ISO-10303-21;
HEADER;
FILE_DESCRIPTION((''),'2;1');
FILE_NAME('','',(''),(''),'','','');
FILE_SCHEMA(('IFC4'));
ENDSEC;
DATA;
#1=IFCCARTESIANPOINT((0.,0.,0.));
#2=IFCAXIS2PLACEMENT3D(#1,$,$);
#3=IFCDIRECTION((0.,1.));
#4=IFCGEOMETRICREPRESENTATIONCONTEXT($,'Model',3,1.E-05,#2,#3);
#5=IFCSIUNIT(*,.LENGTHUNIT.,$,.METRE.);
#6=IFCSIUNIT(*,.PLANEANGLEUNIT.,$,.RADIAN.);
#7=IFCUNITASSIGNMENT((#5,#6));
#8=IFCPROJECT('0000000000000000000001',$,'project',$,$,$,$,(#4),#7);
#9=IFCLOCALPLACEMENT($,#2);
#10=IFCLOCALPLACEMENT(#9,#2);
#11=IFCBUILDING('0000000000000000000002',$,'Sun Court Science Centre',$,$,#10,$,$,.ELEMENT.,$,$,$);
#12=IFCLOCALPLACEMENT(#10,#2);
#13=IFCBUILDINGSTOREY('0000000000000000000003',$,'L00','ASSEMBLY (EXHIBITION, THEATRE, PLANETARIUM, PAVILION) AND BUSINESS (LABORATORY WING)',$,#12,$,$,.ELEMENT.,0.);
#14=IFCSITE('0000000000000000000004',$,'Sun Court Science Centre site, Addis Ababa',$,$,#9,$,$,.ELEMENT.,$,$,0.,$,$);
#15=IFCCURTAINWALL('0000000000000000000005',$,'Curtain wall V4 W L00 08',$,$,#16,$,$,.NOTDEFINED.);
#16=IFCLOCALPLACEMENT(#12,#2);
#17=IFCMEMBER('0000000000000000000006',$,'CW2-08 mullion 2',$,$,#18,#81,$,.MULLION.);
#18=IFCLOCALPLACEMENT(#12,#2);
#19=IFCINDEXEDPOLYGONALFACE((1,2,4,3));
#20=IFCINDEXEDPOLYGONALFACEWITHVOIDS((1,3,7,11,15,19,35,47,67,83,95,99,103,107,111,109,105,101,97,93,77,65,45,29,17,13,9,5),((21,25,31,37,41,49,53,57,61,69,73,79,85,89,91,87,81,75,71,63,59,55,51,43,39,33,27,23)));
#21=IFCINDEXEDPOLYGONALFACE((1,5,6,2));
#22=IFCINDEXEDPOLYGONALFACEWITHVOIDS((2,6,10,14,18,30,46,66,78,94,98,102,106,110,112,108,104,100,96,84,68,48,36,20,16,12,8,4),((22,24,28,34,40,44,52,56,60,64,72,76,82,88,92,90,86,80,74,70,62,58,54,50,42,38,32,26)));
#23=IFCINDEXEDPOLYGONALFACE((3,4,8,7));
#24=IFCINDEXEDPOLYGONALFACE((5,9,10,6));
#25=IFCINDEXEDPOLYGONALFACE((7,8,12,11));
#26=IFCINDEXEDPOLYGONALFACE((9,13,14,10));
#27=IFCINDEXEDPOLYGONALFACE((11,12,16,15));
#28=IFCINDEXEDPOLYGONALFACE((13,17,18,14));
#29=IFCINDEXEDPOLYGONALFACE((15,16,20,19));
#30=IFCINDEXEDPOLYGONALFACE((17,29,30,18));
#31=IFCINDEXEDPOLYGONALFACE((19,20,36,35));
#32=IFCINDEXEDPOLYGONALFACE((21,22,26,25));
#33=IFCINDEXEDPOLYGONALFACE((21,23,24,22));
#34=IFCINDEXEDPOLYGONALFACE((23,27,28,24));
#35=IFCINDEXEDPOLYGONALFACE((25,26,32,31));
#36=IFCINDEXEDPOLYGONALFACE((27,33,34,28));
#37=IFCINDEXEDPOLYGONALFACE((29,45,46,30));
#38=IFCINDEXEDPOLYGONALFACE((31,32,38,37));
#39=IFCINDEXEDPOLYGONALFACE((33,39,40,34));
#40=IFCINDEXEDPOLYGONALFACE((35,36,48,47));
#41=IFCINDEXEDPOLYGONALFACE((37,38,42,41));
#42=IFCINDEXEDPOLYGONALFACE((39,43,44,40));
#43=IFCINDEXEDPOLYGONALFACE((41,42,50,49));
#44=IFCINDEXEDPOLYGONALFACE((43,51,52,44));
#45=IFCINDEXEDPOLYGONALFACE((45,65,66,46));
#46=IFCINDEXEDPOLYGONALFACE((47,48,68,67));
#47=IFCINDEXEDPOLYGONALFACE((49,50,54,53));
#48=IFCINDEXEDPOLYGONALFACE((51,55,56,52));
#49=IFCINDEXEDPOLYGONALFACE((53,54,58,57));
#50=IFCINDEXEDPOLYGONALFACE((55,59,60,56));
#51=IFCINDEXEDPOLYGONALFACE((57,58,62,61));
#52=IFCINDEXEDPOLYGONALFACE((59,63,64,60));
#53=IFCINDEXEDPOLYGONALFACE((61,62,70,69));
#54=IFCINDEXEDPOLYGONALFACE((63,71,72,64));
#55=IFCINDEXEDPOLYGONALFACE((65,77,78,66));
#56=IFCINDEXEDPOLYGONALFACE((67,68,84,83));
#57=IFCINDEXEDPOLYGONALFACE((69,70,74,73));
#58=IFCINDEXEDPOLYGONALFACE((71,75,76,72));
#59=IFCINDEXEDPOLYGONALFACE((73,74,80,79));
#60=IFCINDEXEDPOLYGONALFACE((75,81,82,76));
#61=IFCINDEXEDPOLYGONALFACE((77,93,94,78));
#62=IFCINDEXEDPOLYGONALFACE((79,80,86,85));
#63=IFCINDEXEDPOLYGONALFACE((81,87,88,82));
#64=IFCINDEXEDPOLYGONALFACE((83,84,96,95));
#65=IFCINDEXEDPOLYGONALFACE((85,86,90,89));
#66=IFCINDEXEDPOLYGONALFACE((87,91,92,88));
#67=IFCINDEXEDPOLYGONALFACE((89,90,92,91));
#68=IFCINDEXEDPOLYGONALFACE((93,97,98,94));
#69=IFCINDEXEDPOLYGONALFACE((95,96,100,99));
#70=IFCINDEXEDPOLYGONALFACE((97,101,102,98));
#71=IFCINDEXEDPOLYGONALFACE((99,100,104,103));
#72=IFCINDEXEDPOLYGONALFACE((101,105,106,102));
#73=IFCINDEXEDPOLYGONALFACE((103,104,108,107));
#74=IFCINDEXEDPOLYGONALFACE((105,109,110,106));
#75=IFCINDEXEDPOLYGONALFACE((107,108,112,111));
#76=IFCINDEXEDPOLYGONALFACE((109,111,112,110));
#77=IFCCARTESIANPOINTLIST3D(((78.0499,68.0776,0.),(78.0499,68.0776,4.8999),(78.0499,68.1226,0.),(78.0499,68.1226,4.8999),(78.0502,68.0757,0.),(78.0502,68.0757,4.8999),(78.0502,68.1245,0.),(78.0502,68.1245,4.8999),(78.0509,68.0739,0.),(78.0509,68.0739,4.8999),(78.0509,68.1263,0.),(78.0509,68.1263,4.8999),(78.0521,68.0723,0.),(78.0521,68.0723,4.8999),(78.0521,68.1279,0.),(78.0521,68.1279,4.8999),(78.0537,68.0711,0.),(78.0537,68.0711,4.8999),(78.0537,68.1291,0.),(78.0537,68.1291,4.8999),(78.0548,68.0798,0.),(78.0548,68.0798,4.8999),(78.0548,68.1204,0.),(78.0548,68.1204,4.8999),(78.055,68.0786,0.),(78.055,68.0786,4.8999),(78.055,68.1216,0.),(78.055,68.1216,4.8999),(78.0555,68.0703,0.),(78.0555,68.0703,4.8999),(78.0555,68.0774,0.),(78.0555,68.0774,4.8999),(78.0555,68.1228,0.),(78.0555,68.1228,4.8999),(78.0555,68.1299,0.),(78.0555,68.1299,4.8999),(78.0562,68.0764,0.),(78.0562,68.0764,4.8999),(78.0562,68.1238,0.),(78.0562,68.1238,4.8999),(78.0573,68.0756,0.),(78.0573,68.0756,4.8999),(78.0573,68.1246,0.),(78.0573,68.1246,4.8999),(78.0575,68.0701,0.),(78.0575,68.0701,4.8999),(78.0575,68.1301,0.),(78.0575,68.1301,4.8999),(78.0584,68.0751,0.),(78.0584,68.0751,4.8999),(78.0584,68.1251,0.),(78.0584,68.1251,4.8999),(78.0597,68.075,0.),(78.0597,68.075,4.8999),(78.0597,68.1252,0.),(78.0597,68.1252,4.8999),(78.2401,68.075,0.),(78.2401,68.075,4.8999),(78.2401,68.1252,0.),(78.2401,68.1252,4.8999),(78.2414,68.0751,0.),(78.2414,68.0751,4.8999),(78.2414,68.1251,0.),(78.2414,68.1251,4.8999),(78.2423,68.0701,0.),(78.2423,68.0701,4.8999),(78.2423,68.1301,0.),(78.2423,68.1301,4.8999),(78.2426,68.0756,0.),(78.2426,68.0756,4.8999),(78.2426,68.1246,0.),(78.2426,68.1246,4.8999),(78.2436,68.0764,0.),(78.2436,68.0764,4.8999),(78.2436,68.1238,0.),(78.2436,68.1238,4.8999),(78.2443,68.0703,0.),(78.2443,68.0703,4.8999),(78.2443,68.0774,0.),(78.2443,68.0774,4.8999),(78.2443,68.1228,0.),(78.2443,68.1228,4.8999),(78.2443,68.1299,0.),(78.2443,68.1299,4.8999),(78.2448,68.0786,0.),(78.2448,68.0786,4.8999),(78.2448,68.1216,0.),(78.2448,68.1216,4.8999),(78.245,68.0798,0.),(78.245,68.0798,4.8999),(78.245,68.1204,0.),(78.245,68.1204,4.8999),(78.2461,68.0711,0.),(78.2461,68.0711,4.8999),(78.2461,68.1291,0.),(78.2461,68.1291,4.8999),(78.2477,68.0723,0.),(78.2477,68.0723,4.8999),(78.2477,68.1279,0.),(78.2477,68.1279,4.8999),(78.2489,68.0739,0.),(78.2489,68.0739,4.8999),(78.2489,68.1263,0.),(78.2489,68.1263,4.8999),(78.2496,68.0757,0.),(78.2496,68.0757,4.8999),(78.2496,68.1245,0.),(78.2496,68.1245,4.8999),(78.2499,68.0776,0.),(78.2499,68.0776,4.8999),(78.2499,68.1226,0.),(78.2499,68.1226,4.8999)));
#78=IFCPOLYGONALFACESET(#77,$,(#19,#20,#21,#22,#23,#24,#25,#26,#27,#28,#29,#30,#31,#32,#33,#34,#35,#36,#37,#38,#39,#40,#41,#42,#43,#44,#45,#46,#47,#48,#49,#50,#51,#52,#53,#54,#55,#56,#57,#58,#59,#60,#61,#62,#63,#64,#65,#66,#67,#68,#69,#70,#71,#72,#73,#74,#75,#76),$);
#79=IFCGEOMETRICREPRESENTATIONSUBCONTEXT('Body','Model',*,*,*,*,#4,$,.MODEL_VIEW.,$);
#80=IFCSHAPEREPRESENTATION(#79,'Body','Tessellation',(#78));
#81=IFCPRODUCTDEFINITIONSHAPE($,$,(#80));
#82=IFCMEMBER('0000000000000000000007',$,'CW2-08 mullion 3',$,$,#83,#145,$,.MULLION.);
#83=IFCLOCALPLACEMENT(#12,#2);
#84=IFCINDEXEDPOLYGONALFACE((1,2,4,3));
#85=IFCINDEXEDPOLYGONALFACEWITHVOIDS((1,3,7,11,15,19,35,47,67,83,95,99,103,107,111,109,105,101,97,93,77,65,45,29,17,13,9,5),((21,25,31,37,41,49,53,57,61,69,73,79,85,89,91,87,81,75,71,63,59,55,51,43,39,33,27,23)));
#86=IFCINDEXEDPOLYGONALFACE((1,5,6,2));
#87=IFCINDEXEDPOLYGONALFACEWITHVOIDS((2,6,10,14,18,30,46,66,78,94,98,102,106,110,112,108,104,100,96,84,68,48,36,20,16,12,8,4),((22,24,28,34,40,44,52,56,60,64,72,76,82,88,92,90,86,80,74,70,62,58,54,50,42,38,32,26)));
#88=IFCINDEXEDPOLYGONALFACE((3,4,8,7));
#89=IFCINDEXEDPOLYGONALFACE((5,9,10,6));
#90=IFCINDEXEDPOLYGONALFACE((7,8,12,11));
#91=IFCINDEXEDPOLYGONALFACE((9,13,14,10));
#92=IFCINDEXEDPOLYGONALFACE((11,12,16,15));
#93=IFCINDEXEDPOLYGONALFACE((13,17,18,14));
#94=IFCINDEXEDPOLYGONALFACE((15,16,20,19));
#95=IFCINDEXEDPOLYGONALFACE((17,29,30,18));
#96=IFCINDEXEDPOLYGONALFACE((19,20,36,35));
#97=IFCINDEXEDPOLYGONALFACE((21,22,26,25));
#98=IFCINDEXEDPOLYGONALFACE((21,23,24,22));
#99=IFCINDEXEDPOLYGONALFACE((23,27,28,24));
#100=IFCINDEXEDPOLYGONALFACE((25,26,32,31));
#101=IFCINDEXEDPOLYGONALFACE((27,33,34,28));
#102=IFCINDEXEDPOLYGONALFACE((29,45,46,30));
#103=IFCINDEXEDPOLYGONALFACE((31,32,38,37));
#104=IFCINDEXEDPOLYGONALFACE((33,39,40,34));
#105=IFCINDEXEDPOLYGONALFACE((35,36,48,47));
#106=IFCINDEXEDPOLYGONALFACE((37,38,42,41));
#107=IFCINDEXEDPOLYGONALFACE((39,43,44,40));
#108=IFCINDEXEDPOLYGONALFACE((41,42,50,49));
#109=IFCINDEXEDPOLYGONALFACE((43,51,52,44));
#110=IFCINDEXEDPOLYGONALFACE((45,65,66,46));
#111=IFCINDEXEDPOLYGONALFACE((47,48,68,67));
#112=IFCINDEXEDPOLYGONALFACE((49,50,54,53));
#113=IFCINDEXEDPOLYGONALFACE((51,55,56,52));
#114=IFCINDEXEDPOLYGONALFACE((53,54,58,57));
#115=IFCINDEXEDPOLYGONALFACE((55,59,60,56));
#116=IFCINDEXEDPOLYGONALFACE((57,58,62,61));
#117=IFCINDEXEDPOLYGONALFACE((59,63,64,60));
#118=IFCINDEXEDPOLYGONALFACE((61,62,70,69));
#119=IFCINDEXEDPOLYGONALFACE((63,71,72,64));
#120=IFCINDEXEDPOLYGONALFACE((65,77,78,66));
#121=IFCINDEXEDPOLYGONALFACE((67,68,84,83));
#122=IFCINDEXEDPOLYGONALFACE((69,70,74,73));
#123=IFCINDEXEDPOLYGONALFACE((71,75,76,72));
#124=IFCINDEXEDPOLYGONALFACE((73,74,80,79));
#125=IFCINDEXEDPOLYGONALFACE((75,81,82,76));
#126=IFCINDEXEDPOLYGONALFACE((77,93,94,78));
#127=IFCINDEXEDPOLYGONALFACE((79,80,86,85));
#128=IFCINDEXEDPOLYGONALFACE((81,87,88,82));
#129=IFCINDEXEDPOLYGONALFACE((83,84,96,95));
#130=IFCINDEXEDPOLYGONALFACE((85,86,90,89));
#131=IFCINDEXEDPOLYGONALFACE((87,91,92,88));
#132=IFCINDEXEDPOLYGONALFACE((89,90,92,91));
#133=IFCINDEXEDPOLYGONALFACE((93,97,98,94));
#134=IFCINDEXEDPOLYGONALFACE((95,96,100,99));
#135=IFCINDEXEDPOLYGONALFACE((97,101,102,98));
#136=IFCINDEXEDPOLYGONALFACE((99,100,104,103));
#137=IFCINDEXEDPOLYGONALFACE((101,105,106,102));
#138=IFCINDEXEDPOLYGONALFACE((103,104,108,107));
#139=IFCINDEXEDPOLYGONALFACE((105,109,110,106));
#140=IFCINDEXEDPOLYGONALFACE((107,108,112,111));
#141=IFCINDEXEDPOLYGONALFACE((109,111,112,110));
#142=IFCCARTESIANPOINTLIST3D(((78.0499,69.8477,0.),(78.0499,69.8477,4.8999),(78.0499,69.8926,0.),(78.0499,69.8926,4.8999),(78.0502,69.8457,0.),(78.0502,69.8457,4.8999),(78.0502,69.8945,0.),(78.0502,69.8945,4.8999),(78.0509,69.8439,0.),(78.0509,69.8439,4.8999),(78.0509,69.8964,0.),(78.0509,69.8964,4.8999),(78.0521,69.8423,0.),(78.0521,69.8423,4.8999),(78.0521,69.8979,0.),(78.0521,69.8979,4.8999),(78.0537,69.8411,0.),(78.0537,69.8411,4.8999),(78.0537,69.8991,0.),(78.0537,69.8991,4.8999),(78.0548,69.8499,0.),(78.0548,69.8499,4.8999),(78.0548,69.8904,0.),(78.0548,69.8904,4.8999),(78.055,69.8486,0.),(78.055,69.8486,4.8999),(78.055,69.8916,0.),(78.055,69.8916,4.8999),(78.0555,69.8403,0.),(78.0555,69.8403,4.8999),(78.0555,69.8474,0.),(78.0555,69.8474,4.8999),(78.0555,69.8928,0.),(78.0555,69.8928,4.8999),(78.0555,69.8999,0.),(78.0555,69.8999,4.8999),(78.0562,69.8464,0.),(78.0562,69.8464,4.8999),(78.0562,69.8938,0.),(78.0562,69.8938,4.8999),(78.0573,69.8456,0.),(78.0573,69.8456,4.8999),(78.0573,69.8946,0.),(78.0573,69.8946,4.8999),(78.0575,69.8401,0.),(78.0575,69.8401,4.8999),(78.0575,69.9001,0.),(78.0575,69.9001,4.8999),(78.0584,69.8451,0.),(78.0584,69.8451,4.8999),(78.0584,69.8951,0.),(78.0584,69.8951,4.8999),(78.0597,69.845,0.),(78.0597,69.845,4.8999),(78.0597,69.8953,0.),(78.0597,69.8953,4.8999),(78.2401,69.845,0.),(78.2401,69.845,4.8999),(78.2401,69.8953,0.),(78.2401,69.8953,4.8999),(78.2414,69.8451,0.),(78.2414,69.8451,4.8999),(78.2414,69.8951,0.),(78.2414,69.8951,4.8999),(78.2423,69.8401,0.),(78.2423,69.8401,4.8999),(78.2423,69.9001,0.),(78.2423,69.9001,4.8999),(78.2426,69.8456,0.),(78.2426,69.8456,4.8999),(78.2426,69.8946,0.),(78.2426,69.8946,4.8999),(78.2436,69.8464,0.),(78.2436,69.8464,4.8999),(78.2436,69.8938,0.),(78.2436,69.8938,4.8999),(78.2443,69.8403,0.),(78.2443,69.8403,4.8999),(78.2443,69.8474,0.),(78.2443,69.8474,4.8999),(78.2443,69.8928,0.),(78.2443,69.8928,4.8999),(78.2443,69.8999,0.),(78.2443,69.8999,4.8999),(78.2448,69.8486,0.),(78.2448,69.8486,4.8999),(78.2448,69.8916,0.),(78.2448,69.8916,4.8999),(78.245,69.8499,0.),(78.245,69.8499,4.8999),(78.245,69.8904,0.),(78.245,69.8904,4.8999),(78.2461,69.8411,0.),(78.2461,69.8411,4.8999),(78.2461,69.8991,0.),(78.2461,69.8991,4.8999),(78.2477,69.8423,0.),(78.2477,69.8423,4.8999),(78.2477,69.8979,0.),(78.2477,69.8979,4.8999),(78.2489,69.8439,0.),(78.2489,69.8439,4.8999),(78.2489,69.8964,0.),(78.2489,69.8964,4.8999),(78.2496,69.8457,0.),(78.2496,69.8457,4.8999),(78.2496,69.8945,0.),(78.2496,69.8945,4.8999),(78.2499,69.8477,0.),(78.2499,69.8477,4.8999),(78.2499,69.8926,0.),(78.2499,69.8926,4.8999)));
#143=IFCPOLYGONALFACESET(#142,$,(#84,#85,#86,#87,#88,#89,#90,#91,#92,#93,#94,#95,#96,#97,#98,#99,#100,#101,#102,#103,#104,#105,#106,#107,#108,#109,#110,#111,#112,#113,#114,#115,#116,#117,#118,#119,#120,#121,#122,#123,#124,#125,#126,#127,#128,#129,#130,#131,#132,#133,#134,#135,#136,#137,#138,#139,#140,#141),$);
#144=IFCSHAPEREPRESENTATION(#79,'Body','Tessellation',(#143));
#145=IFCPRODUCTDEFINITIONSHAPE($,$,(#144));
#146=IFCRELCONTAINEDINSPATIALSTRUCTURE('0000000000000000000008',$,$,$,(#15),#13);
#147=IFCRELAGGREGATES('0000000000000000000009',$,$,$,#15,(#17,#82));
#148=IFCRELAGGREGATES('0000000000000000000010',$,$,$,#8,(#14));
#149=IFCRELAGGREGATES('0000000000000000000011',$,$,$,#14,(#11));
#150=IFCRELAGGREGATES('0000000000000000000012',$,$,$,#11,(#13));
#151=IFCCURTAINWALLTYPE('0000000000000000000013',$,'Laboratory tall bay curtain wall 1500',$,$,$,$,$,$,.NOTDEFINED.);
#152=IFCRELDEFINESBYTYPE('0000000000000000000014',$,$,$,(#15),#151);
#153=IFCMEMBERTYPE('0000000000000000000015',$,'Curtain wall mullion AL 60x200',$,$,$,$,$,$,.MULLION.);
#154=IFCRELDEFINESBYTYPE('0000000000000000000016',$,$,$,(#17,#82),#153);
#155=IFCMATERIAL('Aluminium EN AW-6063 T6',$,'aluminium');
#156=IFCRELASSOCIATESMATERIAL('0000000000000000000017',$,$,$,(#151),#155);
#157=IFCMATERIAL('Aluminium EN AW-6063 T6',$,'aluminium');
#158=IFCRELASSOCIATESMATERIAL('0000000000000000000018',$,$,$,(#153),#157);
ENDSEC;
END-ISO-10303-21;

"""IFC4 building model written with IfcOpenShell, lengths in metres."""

from ifc_helpers import new_model, si_unit, direction, frame, origin, origin_2d, place, context, subcontext, project, spatial, hollow_rectangle, extrude, material, material_profile, profile_set, type_object, element, aggregate, save


model = new_model("IFC4")

# Units and contexts
model_context = context("Model", 3, precision=1e-05, world=origin(), true_north=direction((0.0, 1.0)))
body_context = subcontext(model_context, "Body", "Model", "MODEL_VIEW")
ifc_project = project(units=[si_unit("LENGTHUNIT", "METRE"), si_unit("PLANEANGLEUNIT", "RADIAN")], contexts=[model_context])

# Site, building, storey
site_placement = place(None, origin())
site = spatial("IfcSite", under=ifc_project, at=site_placement, Name="Sun Court Science Centre site, Addis Ababa", CompositionType="ELEMENT", RefElevation=0.0)
building_placement = place(site_placement, origin())
building = spatial("IfcBuilding", under=site, at=building_placement, Name="Sun Court Science Centre", CompositionType="ELEMENT")
storey_placement = place(building_placement, origin())
storey = spatial("IfcBuildingStorey", under=building, at=storey_placement, Name="L00", Description="ASSEMBLY (EXHIBITION, THEATRE, PLANETARIUM, PAVILION) AND BUSINESS (LABORATORY WING)", CompositionType="ELEMENT", Elevation=0.0)

# Curtain wall, members
ifc_material_1 = material(Name="Aluminium EN AW-6063 T6", Category="aluminium")
curtain_wall_type = type_object("IfcCurtainWallType", Name="Laboratory tall bay curtain wall 1500", PredefinedType="NOTDEFINED", material=ifc_material_1)
curtain_wall_1_placement = place(storey_placement, origin())
curtain_wall_1 = element("IfcCurtainWall", 1, at=curtain_wall_1_placement, inside=storey, type_object=curtain_wall_type, Name="Curtain wall V4 W L00 08", PredefinedType="NOTDEFINED")
ifc_material_2 = material(Name="Aluminium EN AW-6063 T6", Category="aluminium")
ifc_material_profile_1 = material_profile(ifc_material_2, hollow_rectangle(XDim=0.0601, YDim=0.2, WallThickness=0.0049, InnerFilletRadius=0.0049, OuterFilletRadius=0.0076, at=origin_2d()), Name="AL 60x200x5")
ifc_profile_set_1 = profile_set([ifc_material_profile_1], Name="Aluminium EN AW-6063 T6")
member_type_1 = type_object("IfcMemberType", Name="Curtain wall mullion AL 60x200", PredefinedType="MULLION", material=ifc_profile_set_1)
member_1_placement = place(storey_placement, frame((78.1499, 68.1001, 0.0), z_axis=(0.0, 0.0, 1.0), x_axis=(0.0, 1.0, 0.0)))
member_1 = element("IfcMember", 2, at=member_1_placement, type_object=member_type_1, Name="CW2-08 mullion 2", PredefinedType="MULLION", context=body_context, shape_type="SweptSolid", body=[
    extrude(hollow_rectangle(XDim=0.0601, YDim=0.2, WallThickness=0.0049, InnerFilletRadius=0.0049, OuterFilletRadius=0.0076, at=origin_2d()), origin(), (0.0, 0.0, 1.0), 4.8999),
])
member_2_placement = place(storey_placement, frame((78.1499, 69.8701, 0.0), z_axis=(0.0, 0.0, 1.0), x_axis=(0.0, 1.0, 0.0)))
member_2 = element("IfcMember", 3, at=member_2_placement, type_object=member_type_1, Name="CW2-08 mullion 3", PredefinedType="MULLION", context=body_context, shape_type="SweptSolid", body=[
    extrude(hollow_rectangle(XDim=0.0601, YDim=0.2, WallThickness=0.0049, InnerFilletRadius=0.0049, OuterFilletRadius=0.0076, at=origin_2d()), origin(), (0.0, 0.0, 1.0), 4.8999),
])

aggregate(curtain_wall_1, [member_1, member_2])

save(model, "model.ifc")
